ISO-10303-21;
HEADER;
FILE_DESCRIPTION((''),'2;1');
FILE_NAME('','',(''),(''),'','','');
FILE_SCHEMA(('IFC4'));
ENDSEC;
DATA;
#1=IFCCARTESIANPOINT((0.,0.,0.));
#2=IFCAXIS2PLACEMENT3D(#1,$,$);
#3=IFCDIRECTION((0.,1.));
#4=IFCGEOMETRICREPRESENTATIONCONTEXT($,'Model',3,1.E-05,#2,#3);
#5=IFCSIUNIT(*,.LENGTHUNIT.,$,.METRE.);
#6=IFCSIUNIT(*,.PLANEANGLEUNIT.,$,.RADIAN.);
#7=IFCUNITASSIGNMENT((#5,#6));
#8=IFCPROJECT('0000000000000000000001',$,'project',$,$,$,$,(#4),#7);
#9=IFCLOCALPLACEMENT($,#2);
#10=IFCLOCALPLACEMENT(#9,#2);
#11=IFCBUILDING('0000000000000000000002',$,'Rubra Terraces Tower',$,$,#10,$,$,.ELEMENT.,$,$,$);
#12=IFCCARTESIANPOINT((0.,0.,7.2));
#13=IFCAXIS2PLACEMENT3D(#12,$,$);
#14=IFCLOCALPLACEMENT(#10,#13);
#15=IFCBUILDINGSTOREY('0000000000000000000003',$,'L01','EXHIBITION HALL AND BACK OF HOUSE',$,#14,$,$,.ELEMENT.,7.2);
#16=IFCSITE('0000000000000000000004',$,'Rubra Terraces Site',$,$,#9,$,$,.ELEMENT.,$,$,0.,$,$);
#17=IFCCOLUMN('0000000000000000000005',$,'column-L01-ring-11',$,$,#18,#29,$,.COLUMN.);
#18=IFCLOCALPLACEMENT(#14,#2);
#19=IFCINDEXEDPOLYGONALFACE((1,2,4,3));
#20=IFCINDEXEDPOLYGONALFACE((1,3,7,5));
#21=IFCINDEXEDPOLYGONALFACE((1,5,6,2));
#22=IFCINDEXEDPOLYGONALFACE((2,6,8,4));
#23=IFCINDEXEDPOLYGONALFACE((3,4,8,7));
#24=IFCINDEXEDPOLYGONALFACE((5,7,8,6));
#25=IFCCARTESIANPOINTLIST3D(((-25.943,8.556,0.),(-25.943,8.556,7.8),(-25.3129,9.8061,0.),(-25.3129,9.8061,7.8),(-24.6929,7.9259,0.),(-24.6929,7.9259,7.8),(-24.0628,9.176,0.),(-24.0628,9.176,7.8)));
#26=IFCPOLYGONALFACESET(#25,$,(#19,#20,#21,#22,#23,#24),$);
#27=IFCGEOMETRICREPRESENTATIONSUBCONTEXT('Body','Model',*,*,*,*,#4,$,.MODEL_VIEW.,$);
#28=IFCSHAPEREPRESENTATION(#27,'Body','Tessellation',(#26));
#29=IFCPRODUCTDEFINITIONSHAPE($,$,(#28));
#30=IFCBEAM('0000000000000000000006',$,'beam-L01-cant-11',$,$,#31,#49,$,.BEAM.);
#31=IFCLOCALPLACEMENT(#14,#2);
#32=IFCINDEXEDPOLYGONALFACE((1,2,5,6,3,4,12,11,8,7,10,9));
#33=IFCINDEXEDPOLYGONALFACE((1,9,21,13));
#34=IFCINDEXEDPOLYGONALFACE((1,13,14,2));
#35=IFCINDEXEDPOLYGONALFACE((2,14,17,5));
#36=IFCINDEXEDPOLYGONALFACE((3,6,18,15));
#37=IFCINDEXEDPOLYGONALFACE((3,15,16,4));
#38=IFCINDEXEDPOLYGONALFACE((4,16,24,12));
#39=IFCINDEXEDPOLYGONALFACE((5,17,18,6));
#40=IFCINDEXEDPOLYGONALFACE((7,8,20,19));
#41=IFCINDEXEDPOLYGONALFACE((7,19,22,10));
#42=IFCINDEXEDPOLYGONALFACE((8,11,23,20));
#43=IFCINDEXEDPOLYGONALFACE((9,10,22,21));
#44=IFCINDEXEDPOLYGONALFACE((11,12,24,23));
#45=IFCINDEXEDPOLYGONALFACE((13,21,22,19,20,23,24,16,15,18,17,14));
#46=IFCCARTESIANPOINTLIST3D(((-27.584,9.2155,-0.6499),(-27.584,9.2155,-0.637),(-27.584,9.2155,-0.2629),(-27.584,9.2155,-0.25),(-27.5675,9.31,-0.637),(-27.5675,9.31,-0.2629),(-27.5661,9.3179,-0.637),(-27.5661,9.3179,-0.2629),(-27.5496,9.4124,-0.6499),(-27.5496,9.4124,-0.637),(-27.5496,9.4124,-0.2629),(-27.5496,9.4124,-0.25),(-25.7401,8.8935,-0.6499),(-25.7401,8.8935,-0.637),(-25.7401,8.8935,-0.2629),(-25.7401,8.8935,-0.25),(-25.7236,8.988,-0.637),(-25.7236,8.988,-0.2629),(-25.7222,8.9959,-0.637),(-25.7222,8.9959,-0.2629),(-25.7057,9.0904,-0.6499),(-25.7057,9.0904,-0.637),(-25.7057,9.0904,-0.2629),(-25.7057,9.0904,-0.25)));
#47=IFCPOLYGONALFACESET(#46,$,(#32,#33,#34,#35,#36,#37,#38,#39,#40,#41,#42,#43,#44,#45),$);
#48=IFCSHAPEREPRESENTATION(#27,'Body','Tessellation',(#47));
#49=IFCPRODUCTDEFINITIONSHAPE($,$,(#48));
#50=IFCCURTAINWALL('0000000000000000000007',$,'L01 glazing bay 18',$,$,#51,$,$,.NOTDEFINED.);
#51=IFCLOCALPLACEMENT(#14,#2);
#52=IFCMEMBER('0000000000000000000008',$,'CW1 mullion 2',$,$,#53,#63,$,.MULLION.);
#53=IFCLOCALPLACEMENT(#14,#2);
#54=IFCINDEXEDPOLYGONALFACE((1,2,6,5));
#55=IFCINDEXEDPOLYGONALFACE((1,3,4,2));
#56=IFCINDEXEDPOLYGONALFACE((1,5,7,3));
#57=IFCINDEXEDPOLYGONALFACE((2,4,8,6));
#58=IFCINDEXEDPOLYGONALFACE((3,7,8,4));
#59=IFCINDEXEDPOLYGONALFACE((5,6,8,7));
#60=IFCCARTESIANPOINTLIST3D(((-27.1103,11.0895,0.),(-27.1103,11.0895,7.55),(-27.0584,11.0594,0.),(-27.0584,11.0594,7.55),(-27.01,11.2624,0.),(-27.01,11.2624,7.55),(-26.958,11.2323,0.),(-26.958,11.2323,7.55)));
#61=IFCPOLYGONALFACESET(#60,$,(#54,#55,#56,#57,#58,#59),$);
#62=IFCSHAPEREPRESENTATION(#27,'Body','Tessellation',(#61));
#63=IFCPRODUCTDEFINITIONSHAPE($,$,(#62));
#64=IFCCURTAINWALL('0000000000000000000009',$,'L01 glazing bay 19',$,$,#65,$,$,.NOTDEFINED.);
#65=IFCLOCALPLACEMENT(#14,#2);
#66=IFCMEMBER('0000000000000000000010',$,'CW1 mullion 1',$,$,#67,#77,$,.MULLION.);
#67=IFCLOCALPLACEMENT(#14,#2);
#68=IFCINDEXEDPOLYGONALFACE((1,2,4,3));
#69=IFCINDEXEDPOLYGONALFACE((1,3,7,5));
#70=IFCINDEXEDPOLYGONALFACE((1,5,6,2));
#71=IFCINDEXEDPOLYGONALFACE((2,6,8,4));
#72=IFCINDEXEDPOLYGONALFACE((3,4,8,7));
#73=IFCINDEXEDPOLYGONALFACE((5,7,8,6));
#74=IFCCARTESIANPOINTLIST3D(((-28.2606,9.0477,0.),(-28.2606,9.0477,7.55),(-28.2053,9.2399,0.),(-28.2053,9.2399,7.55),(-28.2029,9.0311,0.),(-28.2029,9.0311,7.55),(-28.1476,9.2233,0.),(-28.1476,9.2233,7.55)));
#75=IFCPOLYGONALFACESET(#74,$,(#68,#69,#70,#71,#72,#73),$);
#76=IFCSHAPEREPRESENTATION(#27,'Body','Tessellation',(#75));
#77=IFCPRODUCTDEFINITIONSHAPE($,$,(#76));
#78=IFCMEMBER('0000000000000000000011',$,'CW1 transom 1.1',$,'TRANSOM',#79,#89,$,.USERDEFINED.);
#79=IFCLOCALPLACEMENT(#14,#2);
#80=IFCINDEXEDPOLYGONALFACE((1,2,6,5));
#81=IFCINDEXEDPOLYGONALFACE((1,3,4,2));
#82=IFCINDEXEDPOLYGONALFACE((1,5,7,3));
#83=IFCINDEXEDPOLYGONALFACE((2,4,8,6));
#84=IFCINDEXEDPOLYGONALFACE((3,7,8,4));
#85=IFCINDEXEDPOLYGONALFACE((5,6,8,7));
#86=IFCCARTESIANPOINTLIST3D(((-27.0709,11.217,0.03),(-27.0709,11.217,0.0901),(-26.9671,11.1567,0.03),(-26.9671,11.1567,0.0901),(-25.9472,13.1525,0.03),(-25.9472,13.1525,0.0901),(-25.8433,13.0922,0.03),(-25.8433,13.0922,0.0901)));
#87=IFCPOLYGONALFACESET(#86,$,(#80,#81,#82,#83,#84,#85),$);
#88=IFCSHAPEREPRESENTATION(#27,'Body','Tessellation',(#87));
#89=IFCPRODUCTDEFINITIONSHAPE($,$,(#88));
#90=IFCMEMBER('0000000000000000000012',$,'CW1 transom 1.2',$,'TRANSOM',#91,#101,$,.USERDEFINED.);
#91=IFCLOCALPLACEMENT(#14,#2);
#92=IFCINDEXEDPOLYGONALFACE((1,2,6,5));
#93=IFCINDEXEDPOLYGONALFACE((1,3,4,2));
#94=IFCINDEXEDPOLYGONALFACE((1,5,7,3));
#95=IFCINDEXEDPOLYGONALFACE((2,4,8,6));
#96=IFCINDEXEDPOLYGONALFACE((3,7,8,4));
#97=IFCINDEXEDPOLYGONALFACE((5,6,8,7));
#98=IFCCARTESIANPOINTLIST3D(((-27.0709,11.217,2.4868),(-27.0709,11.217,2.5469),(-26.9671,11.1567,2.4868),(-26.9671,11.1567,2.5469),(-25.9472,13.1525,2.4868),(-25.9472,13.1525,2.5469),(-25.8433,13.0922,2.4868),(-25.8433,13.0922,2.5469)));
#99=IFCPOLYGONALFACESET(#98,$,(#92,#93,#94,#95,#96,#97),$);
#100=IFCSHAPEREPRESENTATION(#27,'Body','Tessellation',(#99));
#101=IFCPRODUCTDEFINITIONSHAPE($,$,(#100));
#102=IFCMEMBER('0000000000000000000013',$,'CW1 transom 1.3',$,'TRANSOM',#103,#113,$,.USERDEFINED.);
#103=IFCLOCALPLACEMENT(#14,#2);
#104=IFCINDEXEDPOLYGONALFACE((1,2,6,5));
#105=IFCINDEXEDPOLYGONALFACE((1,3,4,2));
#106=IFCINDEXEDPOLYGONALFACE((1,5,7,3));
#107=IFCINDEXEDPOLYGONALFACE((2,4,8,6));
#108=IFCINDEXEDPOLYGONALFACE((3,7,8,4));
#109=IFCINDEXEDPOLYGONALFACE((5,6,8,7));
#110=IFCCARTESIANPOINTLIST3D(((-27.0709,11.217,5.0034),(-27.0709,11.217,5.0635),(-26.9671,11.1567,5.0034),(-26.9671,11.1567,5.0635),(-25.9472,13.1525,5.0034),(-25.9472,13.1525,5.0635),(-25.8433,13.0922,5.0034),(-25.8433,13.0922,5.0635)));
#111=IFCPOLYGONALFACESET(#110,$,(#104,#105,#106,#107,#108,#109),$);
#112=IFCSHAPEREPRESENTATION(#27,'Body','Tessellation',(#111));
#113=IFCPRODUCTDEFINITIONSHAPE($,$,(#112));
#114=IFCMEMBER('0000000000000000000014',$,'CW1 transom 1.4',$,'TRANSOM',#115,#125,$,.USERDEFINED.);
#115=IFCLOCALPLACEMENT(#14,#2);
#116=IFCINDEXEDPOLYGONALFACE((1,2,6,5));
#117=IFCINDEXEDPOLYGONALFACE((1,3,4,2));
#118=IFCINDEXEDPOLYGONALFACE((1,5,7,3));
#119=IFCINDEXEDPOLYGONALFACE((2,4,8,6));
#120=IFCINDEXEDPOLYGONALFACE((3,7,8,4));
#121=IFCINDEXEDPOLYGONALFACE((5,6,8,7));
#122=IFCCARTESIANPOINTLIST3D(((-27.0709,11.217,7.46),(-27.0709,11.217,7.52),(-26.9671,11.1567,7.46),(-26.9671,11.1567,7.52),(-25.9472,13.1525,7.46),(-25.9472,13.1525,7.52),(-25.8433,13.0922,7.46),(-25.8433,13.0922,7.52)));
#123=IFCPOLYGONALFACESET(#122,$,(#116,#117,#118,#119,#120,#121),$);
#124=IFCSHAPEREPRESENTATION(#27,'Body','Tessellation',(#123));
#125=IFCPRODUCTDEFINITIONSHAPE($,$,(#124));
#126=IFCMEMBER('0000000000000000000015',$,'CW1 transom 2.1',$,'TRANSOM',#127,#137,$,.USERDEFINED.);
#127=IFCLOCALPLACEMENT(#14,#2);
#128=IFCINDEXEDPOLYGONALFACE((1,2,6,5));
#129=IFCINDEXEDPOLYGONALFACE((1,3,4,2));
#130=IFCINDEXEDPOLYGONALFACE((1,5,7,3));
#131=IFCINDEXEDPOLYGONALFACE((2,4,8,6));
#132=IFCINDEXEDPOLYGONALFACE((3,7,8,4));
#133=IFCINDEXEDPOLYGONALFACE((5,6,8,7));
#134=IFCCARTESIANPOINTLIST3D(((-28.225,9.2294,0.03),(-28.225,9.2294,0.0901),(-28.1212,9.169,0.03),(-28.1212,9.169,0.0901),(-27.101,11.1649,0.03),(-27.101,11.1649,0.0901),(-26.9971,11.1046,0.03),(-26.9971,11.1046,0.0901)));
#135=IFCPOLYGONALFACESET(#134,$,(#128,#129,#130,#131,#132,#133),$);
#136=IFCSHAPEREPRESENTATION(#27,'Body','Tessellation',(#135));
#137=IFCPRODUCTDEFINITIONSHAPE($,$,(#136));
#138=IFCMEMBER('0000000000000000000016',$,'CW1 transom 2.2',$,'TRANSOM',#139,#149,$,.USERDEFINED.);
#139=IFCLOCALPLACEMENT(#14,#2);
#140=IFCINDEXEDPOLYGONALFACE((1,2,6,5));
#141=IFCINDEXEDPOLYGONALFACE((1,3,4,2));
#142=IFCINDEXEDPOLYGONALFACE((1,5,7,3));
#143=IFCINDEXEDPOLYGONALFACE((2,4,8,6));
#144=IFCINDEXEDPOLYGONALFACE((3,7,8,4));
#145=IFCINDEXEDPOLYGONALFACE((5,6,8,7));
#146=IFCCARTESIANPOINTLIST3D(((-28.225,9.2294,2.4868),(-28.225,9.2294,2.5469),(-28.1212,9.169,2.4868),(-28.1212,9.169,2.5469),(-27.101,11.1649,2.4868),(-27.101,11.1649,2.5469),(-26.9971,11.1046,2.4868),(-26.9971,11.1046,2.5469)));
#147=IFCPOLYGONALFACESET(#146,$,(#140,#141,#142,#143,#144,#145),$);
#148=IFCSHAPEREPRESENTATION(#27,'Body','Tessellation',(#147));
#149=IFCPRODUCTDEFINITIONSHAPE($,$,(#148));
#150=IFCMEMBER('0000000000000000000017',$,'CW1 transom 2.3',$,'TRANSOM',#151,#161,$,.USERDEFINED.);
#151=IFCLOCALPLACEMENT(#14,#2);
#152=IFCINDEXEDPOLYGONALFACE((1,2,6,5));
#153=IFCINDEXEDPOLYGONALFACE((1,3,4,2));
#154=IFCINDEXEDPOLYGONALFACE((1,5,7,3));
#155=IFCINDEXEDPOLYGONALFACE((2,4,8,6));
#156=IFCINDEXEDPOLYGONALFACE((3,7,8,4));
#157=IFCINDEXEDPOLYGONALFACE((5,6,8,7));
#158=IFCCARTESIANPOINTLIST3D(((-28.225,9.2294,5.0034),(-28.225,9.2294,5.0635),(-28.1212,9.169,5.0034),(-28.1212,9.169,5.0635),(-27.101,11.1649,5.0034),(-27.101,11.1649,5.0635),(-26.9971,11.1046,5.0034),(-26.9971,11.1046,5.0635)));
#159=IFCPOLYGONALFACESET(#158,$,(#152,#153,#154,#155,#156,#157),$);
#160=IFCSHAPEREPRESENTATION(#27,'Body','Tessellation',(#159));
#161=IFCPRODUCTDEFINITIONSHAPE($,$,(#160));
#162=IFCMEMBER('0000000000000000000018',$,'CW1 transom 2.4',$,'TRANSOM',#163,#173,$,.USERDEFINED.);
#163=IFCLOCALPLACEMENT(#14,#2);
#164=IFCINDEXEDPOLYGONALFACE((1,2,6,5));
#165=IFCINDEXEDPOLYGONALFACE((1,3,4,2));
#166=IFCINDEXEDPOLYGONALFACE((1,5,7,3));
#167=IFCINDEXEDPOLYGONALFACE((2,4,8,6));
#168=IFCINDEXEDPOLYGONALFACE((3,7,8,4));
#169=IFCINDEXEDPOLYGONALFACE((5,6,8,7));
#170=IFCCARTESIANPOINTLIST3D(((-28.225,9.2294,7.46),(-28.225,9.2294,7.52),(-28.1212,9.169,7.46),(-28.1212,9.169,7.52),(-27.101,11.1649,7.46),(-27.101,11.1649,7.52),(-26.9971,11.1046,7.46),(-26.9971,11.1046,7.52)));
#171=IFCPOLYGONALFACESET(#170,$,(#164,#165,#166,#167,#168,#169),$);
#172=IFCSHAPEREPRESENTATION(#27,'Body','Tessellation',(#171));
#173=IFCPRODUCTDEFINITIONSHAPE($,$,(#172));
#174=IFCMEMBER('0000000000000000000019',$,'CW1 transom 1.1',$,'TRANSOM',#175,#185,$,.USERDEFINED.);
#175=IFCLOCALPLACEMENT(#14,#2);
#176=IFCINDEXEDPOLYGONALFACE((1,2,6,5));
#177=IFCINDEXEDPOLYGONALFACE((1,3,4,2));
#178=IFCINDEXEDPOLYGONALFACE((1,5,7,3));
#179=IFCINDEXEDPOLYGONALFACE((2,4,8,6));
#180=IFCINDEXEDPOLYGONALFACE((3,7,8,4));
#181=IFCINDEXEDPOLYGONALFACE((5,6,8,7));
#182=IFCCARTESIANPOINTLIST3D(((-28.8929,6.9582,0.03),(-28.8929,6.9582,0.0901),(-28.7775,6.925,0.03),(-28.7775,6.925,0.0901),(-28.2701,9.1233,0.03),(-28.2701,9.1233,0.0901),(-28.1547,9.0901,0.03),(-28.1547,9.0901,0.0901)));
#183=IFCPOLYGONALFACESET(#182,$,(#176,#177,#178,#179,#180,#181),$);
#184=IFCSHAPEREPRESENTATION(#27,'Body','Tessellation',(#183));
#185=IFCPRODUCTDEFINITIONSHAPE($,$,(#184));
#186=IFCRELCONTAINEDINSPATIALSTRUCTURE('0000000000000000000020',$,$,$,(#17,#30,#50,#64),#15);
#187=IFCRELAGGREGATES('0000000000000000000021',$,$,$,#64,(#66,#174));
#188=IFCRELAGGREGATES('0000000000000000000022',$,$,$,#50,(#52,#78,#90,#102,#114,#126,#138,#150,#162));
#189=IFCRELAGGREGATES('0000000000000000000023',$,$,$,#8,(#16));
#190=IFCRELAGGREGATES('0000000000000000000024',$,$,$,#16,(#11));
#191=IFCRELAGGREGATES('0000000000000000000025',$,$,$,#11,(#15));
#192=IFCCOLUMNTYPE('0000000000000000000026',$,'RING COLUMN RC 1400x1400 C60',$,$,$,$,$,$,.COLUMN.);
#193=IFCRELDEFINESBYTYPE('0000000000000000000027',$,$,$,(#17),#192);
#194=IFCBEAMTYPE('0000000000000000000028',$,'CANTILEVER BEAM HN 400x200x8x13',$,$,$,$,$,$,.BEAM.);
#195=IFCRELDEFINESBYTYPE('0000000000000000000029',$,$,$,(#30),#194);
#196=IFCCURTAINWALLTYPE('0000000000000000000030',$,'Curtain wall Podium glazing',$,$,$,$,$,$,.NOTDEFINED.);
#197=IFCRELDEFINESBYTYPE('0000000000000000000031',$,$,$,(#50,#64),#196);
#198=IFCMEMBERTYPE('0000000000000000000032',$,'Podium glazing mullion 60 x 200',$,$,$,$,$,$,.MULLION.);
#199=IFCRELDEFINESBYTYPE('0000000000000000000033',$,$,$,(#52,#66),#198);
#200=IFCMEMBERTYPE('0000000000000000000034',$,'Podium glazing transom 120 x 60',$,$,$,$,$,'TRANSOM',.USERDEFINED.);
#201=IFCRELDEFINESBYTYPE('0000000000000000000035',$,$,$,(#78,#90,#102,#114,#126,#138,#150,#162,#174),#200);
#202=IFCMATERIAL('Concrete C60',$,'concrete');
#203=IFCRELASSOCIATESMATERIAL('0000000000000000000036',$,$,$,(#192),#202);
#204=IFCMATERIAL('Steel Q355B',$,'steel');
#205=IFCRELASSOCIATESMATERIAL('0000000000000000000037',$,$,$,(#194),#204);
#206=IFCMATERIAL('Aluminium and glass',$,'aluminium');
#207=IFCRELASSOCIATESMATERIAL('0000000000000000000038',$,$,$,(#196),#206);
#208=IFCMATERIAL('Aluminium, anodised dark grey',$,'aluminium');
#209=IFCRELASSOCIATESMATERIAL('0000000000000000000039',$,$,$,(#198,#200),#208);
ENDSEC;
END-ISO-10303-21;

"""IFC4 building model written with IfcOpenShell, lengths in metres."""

from ifc_helpers import new_model, si_unit, direction, frame, origin, origin_2d, place, context, subcontext, project, spatial, rectangle, i_section, extrude, material, material_profile, profile_set, type_object, element, aggregate, save


model = new_model("IFC4")

# Units and contexts
model_context = context("Model", 3, precision=1e-05, world=origin(), true_north=direction((0.0, 1.0)))
body_context = subcontext(model_context, "Body", "Model", "MODEL_VIEW")
ifc_project = project(units=[si_unit("LENGTHUNIT", "METRE"), si_unit("PLANEANGLEUNIT", "RADIAN")], contexts=[model_context])

# Site, building, storey
site_placement = place(None, origin())
site = spatial("IfcSite", under=ifc_project, at=site_placement, Name="Rubra Terraces Site", CompositionType="ELEMENT", RefElevation=0.0)
building_placement = place(site_placement, origin())
building = spatial("IfcBuilding", under=site, at=building_placement, Name="Rubra Terraces Tower", CompositionType="ELEMENT")
storey_placement = place(building_placement, frame((0.0, 0.0, 7.2)))
storey = spatial("IfcBuildingStorey", under=building, at=storey_placement, Name="L01", Description="EXHIBITION HALL AND BACK OF HOUSE", CompositionType="ELEMENT", Elevation=7.2)

# Column
ifc_material_1 = material(Name="Concrete C60", Category="concrete")
ifc_material_profile_1 = material_profile(ifc_material_1, rectangle(XDim=1.3999, YDim=1.3999, at=origin_2d()), Name="RC 1400x1400")
ifc_profile_set_1 = profile_set([ifc_material_profile_1], Name="Concrete C60")
column_type = type_object("IfcColumnType", Name="RING COLUMN RC 1400x1400 C60", PredefinedType="COLUMN", material=ifc_profile_set_1)
column_placement = place(storey_placement, frame((-25.0029, 8.866, 0.0), z_axis=(0.0, 0.0, 1.0), x_axis=(-0.450099, -0.892979, 0.0)))
element("IfcColumn", 1, at=column_placement, inside=storey, type_object=column_type, Name="column-L01-ring-11", PredefinedType="COLUMN", context=body_context, shape_type="SweptSolid", body=[
    extrude(rectangle(XDim=1.3999, YDim=1.3999, at=origin_2d()), origin(), (0.0, 0.0, 1.0), 7.8),
])

# Beam
ifc_material_2 = material(Name="Steel Q355B", Category="steel")
ifc_material_profile_2 = material_profile(ifc_material_2, i_section(OverallWidth=0.2, OverallDepth=0.3999, WebThickness=0.0081, FlangeThickness=0.0129, at=origin_2d()), Name="HN 400x200x8x13")
ifc_profile_set_2 = profile_set([ifc_material_profile_2], Name="Steel Q355B")
beam_type = type_object("IfcBeamType", Name="CANTILEVER BEAM HN 400x200x8x13", PredefinedType="BEAM", material=ifc_profile_set_2)
beam_placement = place(storey_placement, frame((-25.7229, 8.9919, -0.45), z_axis=(-0.985092, 0.172029, 0.0), x_axis=(-0.172029, -0.985092, 0.0)))
element("IfcBeam", 2, at=beam_placement, inside=storey, type_object=beam_type, Name="beam-L01-cant-11", PredefinedType="BEAM", context=body_context, shape_type="SweptSolid", body=[
    extrude(i_section(OverallWidth=0.2, OverallDepth=0.3999, WebThickness=0.0081, FlangeThickness=0.0129, at=origin_2d()), origin(), (0.0, 0.0, 1.0), 1.8718),
])

# Curtain walls, members
ifc_material_3 = material(Name="Aluminium and glass", Category="aluminium")
curtain_wall_type = type_object("IfcCurtainWallType", Name="Curtain wall Podium glazing", PredefinedType="NOTDEFINED", material=ifc_material_3)
curtain_wall_1_placement = place(storey_placement, origin())
curtain_wall_1 = element("IfcCurtainWall", 3, at=curtain_wall_1_placement, inside=storey, type_object=curtain_wall_type, Name="L01 glazing bay 18", PredefinedType="NOTDEFINED")
ifc_material_4 = material(Name="Aluminium, anodised dark grey", Category="aluminium")
ifc_material_profile_3 = material_profile(ifc_material_4, rectangle(XDim=0.0601, YDim=0.2, at=origin_2d()), Name="AL 60x200")
ifc_profile_set_3 = profile_set([ifc_material_profile_3], Name="Aluminium, anodised dark grey")
member_type_1 = type_object("IfcMemberType", Name="Podium glazing mullion 60 x 200", PredefinedType="MULLION", material=ifc_profile_set_3)
member_1_placement = place(storey_placement, frame((-27.0342, 11.1609, 0.0), z_axis=(0.0, 0.0, 1.0), x_axis=(0.864813, -0.502094, 0.0)))
member_1 = element("IfcMember", 4, at=member_1_placement, type_object=member_type_1, Name="CW1 mullion 2", PredefinedType="MULLION", context=body_context, shape_type="SweptSolid", body=[
    extrude(rectangle(XDim=0.0601, YDim=0.2, at=origin_2d()), origin(), (0.0, 0.0, 1.0), 7.55),
])
curtain_wall_2_placement = place(storey_placement, origin())
curtain_wall_2 = element("IfcCurtainWall", 5, at=curtain_wall_2_placement, inside=storey, type_object=curtain_wall_type, Name="L01 glazing bay 19", PredefinedType="NOTDEFINED")
member_2_placement = place(storey_placement, frame((-28.2041, 9.1355, 0.0), z_axis=(0.0, 0.0, 1.0), x_axis=(0.961047, -0.276384, 0.0)))
member_2 = element("IfcMember", 6, at=member_2_placement, type_object=member_type_1, Name="CW1 mullion 1", PredefinedType="MULLION", context=body_context, shape_type="SweptSolid", body=[
    extrude(rectangle(XDim=0.0601, YDim=0.2, at=origin_2d()), origin(), (0.0, 0.0, 1.0), 7.55),
])

# Members
ifc_material_profile_4 = material_profile(ifc_material_4, rectangle(XDim=0.1201, YDim=0.0601, at=origin_2d()), Name="AL 120x60")
ifc_profile_set_4 = profile_set([ifc_material_profile_4], Name="Aluminium, anodised dark grey")
member_type_2 = type_object("IfcMemberType", Name="Podium glazing transom 120 x 60", ElementType="TRANSOM", PredefinedType="USERDEFINED", material=ifc_profile_set_4)
member_3_placement = place(storey_placement, frame((-25.8953, 13.1223, 0.0601), z_axis=(-0.502107, -0.864806, 0.0), x_axis=(0.864806, -0.502107, 0.0)))
member_3 = element("IfcMember", 7, at=member_3_placement, type_object=member_type_2, Name="CW1 transom 1.1", ObjectType="TRANSOM", PredefinedType="USERDEFINED", context=body_context, shape_type="SweptSolid", body=[
    extrude(rectangle(XDim=0.1201, YDim=0.0601, at=origin_2d()), origin(), (0.0, 0.0, 1.0), 2.238),
])
member_4_placement = place(storey_placement, frame((-25.8953, 13.1223, 2.5168), z_axis=(-0.502107, -0.864806, 0.0), x_axis=(0.864806, -0.502107, 0.0)))
member_4 = element("IfcMember", 8, at=member_4_placement, type_object=member_type_2, Name="CW1 transom 1.2", ObjectType="TRANSOM", PredefinedType="USERDEFINED", context=body_context, shape_type="SweptSolid", body=[
    extrude(rectangle(XDim=0.1201, YDim=0.0601, at=origin_2d()), origin(), (0.0, 0.0, 1.0), 2.238),
])
member_5_placement = place(storey_placement, frame((-25.8953, 13.1223, 5.0334), z_axis=(-0.502107, -0.864806, 0.0), x_axis=(0.864806, -0.502107, 0.0)))
member_5 = element("IfcMember", 9, at=member_5_placement, type_object=member_type_2, Name="CW1 transom 1.3", ObjectType="TRANSOM", PredefinedType="USERDEFINED", context=body_context, shape_type="SweptSolid", body=[
    extrude(rectangle(XDim=0.1201, YDim=0.0601, at=origin_2d()), origin(), (0.0, 0.0, 1.0), 2.238),
])
member_6_placement = place(storey_placement, frame((-25.8953, 13.1223, 7.49), z_axis=(-0.502107, -0.864806, 0.0), x_axis=(0.864806, -0.502107, 0.0)))
member_6 = element("IfcMember", 10, at=member_6_placement, type_object=member_type_2, Name="CW1 transom 1.4", ObjectType="TRANSOM", PredefinedType="USERDEFINED", context=body_context, shape_type="SweptSolid", body=[
    extrude(rectangle(XDim=0.1201, YDim=0.0601, at=origin_2d()), origin(), (0.0, 0.0, 1.0), 2.238),
])
member_7_placement = place(storey_placement, frame((-27.0491, 11.1348, 0.0601), z_axis=(-0.502188, -0.864758, 0.0), x_axis=(0.864758, -0.502188, 0.0)))
member_7 = element("IfcMember", 11, at=member_7_placement, type_object=member_type_2, Name="CW1 transom 2.1", ObjectType="TRANSOM", PredefinedType="USERDEFINED", context=body_context, shape_type="SweptSolid", body=[
    extrude(rectangle(XDim=0.1201, YDim=0.0601, at=origin_2d()), origin(), (0.0, 0.0, 1.0), 2.2383),
])
member_8_placement = place(storey_placement, frame((-27.0491, 11.1348, 2.5168), z_axis=(-0.502188, -0.864758, 0.0), x_axis=(0.864758, -0.502188, 0.0)))
member_8 = element("IfcMember", 12, at=member_8_placement, type_object=member_type_2, Name="CW1 transom 2.2", ObjectType="TRANSOM", PredefinedType="USERDEFINED", context=body_context, shape_type="SweptSolid", body=[
    extrude(rectangle(XDim=0.1201, YDim=0.0601, at=origin_2d()), origin(), (0.0, 0.0, 1.0), 2.2383),
])
member_9_placement = place(storey_placement, frame((-27.0491, 11.1348, 5.0334), z_axis=(-0.502188, -0.864758, 0.0), x_axis=(0.864758, -0.502188, 0.0)))
member_9 = element("IfcMember", 13, at=member_9_placement, type_object=member_type_2, Name="CW1 transom 2.3", ObjectType="TRANSOM", PredefinedType="USERDEFINED", context=body_context, shape_type="SweptSolid", body=[
    extrude(rectangle(XDim=0.1201, YDim=0.0601, at=origin_2d()), origin(), (0.0, 0.0, 1.0), 2.2383),
])
member_10_placement = place(storey_placement, frame((-27.0491, 11.1348, 7.49), z_axis=(-0.502188, -0.864758, 0.0), x_axis=(0.864758, -0.502188, 0.0)))
member_10 = element("IfcMember", 14, at=member_10_placement, type_object=member_type_2, Name="CW1 transom 2.4", ObjectType="TRANSOM", PredefinedType="USERDEFINED", context=body_context, shape_type="SweptSolid", body=[
    extrude(rectangle(XDim=0.1201, YDim=0.0601, at=origin_2d()), origin(), (0.0, 0.0, 1.0), 2.2383),
])
member_11_placement = place(storey_placement, frame((-28.2124, 9.1067, 0.0601), z_axis=(-0.276453, -0.961028, 0.0), x_axis=(0.961028, -0.276453, 0.0)))
member_11 = element("IfcMember", 15, at=member_11_placement, type_object=member_type_2, Name="CW1 transom 1.1", ObjectType="TRANSOM", PredefinedType="USERDEFINED", context=body_context, shape_type="SweptSolid", body=[
    extrude(rectangle(XDim=0.1201, YDim=0.0601, at=origin_2d()), origin(), (0.0, 0.0, 1.0), 2.2529),
])
aggregate(curtain_wall_2, [member_2, member_11])

aggregate(curtain_wall_1, [member_1, member_3, member_4, member_5, member_6, member_7, member_8, member_9, member_10])

save(model, "model.ifc")
